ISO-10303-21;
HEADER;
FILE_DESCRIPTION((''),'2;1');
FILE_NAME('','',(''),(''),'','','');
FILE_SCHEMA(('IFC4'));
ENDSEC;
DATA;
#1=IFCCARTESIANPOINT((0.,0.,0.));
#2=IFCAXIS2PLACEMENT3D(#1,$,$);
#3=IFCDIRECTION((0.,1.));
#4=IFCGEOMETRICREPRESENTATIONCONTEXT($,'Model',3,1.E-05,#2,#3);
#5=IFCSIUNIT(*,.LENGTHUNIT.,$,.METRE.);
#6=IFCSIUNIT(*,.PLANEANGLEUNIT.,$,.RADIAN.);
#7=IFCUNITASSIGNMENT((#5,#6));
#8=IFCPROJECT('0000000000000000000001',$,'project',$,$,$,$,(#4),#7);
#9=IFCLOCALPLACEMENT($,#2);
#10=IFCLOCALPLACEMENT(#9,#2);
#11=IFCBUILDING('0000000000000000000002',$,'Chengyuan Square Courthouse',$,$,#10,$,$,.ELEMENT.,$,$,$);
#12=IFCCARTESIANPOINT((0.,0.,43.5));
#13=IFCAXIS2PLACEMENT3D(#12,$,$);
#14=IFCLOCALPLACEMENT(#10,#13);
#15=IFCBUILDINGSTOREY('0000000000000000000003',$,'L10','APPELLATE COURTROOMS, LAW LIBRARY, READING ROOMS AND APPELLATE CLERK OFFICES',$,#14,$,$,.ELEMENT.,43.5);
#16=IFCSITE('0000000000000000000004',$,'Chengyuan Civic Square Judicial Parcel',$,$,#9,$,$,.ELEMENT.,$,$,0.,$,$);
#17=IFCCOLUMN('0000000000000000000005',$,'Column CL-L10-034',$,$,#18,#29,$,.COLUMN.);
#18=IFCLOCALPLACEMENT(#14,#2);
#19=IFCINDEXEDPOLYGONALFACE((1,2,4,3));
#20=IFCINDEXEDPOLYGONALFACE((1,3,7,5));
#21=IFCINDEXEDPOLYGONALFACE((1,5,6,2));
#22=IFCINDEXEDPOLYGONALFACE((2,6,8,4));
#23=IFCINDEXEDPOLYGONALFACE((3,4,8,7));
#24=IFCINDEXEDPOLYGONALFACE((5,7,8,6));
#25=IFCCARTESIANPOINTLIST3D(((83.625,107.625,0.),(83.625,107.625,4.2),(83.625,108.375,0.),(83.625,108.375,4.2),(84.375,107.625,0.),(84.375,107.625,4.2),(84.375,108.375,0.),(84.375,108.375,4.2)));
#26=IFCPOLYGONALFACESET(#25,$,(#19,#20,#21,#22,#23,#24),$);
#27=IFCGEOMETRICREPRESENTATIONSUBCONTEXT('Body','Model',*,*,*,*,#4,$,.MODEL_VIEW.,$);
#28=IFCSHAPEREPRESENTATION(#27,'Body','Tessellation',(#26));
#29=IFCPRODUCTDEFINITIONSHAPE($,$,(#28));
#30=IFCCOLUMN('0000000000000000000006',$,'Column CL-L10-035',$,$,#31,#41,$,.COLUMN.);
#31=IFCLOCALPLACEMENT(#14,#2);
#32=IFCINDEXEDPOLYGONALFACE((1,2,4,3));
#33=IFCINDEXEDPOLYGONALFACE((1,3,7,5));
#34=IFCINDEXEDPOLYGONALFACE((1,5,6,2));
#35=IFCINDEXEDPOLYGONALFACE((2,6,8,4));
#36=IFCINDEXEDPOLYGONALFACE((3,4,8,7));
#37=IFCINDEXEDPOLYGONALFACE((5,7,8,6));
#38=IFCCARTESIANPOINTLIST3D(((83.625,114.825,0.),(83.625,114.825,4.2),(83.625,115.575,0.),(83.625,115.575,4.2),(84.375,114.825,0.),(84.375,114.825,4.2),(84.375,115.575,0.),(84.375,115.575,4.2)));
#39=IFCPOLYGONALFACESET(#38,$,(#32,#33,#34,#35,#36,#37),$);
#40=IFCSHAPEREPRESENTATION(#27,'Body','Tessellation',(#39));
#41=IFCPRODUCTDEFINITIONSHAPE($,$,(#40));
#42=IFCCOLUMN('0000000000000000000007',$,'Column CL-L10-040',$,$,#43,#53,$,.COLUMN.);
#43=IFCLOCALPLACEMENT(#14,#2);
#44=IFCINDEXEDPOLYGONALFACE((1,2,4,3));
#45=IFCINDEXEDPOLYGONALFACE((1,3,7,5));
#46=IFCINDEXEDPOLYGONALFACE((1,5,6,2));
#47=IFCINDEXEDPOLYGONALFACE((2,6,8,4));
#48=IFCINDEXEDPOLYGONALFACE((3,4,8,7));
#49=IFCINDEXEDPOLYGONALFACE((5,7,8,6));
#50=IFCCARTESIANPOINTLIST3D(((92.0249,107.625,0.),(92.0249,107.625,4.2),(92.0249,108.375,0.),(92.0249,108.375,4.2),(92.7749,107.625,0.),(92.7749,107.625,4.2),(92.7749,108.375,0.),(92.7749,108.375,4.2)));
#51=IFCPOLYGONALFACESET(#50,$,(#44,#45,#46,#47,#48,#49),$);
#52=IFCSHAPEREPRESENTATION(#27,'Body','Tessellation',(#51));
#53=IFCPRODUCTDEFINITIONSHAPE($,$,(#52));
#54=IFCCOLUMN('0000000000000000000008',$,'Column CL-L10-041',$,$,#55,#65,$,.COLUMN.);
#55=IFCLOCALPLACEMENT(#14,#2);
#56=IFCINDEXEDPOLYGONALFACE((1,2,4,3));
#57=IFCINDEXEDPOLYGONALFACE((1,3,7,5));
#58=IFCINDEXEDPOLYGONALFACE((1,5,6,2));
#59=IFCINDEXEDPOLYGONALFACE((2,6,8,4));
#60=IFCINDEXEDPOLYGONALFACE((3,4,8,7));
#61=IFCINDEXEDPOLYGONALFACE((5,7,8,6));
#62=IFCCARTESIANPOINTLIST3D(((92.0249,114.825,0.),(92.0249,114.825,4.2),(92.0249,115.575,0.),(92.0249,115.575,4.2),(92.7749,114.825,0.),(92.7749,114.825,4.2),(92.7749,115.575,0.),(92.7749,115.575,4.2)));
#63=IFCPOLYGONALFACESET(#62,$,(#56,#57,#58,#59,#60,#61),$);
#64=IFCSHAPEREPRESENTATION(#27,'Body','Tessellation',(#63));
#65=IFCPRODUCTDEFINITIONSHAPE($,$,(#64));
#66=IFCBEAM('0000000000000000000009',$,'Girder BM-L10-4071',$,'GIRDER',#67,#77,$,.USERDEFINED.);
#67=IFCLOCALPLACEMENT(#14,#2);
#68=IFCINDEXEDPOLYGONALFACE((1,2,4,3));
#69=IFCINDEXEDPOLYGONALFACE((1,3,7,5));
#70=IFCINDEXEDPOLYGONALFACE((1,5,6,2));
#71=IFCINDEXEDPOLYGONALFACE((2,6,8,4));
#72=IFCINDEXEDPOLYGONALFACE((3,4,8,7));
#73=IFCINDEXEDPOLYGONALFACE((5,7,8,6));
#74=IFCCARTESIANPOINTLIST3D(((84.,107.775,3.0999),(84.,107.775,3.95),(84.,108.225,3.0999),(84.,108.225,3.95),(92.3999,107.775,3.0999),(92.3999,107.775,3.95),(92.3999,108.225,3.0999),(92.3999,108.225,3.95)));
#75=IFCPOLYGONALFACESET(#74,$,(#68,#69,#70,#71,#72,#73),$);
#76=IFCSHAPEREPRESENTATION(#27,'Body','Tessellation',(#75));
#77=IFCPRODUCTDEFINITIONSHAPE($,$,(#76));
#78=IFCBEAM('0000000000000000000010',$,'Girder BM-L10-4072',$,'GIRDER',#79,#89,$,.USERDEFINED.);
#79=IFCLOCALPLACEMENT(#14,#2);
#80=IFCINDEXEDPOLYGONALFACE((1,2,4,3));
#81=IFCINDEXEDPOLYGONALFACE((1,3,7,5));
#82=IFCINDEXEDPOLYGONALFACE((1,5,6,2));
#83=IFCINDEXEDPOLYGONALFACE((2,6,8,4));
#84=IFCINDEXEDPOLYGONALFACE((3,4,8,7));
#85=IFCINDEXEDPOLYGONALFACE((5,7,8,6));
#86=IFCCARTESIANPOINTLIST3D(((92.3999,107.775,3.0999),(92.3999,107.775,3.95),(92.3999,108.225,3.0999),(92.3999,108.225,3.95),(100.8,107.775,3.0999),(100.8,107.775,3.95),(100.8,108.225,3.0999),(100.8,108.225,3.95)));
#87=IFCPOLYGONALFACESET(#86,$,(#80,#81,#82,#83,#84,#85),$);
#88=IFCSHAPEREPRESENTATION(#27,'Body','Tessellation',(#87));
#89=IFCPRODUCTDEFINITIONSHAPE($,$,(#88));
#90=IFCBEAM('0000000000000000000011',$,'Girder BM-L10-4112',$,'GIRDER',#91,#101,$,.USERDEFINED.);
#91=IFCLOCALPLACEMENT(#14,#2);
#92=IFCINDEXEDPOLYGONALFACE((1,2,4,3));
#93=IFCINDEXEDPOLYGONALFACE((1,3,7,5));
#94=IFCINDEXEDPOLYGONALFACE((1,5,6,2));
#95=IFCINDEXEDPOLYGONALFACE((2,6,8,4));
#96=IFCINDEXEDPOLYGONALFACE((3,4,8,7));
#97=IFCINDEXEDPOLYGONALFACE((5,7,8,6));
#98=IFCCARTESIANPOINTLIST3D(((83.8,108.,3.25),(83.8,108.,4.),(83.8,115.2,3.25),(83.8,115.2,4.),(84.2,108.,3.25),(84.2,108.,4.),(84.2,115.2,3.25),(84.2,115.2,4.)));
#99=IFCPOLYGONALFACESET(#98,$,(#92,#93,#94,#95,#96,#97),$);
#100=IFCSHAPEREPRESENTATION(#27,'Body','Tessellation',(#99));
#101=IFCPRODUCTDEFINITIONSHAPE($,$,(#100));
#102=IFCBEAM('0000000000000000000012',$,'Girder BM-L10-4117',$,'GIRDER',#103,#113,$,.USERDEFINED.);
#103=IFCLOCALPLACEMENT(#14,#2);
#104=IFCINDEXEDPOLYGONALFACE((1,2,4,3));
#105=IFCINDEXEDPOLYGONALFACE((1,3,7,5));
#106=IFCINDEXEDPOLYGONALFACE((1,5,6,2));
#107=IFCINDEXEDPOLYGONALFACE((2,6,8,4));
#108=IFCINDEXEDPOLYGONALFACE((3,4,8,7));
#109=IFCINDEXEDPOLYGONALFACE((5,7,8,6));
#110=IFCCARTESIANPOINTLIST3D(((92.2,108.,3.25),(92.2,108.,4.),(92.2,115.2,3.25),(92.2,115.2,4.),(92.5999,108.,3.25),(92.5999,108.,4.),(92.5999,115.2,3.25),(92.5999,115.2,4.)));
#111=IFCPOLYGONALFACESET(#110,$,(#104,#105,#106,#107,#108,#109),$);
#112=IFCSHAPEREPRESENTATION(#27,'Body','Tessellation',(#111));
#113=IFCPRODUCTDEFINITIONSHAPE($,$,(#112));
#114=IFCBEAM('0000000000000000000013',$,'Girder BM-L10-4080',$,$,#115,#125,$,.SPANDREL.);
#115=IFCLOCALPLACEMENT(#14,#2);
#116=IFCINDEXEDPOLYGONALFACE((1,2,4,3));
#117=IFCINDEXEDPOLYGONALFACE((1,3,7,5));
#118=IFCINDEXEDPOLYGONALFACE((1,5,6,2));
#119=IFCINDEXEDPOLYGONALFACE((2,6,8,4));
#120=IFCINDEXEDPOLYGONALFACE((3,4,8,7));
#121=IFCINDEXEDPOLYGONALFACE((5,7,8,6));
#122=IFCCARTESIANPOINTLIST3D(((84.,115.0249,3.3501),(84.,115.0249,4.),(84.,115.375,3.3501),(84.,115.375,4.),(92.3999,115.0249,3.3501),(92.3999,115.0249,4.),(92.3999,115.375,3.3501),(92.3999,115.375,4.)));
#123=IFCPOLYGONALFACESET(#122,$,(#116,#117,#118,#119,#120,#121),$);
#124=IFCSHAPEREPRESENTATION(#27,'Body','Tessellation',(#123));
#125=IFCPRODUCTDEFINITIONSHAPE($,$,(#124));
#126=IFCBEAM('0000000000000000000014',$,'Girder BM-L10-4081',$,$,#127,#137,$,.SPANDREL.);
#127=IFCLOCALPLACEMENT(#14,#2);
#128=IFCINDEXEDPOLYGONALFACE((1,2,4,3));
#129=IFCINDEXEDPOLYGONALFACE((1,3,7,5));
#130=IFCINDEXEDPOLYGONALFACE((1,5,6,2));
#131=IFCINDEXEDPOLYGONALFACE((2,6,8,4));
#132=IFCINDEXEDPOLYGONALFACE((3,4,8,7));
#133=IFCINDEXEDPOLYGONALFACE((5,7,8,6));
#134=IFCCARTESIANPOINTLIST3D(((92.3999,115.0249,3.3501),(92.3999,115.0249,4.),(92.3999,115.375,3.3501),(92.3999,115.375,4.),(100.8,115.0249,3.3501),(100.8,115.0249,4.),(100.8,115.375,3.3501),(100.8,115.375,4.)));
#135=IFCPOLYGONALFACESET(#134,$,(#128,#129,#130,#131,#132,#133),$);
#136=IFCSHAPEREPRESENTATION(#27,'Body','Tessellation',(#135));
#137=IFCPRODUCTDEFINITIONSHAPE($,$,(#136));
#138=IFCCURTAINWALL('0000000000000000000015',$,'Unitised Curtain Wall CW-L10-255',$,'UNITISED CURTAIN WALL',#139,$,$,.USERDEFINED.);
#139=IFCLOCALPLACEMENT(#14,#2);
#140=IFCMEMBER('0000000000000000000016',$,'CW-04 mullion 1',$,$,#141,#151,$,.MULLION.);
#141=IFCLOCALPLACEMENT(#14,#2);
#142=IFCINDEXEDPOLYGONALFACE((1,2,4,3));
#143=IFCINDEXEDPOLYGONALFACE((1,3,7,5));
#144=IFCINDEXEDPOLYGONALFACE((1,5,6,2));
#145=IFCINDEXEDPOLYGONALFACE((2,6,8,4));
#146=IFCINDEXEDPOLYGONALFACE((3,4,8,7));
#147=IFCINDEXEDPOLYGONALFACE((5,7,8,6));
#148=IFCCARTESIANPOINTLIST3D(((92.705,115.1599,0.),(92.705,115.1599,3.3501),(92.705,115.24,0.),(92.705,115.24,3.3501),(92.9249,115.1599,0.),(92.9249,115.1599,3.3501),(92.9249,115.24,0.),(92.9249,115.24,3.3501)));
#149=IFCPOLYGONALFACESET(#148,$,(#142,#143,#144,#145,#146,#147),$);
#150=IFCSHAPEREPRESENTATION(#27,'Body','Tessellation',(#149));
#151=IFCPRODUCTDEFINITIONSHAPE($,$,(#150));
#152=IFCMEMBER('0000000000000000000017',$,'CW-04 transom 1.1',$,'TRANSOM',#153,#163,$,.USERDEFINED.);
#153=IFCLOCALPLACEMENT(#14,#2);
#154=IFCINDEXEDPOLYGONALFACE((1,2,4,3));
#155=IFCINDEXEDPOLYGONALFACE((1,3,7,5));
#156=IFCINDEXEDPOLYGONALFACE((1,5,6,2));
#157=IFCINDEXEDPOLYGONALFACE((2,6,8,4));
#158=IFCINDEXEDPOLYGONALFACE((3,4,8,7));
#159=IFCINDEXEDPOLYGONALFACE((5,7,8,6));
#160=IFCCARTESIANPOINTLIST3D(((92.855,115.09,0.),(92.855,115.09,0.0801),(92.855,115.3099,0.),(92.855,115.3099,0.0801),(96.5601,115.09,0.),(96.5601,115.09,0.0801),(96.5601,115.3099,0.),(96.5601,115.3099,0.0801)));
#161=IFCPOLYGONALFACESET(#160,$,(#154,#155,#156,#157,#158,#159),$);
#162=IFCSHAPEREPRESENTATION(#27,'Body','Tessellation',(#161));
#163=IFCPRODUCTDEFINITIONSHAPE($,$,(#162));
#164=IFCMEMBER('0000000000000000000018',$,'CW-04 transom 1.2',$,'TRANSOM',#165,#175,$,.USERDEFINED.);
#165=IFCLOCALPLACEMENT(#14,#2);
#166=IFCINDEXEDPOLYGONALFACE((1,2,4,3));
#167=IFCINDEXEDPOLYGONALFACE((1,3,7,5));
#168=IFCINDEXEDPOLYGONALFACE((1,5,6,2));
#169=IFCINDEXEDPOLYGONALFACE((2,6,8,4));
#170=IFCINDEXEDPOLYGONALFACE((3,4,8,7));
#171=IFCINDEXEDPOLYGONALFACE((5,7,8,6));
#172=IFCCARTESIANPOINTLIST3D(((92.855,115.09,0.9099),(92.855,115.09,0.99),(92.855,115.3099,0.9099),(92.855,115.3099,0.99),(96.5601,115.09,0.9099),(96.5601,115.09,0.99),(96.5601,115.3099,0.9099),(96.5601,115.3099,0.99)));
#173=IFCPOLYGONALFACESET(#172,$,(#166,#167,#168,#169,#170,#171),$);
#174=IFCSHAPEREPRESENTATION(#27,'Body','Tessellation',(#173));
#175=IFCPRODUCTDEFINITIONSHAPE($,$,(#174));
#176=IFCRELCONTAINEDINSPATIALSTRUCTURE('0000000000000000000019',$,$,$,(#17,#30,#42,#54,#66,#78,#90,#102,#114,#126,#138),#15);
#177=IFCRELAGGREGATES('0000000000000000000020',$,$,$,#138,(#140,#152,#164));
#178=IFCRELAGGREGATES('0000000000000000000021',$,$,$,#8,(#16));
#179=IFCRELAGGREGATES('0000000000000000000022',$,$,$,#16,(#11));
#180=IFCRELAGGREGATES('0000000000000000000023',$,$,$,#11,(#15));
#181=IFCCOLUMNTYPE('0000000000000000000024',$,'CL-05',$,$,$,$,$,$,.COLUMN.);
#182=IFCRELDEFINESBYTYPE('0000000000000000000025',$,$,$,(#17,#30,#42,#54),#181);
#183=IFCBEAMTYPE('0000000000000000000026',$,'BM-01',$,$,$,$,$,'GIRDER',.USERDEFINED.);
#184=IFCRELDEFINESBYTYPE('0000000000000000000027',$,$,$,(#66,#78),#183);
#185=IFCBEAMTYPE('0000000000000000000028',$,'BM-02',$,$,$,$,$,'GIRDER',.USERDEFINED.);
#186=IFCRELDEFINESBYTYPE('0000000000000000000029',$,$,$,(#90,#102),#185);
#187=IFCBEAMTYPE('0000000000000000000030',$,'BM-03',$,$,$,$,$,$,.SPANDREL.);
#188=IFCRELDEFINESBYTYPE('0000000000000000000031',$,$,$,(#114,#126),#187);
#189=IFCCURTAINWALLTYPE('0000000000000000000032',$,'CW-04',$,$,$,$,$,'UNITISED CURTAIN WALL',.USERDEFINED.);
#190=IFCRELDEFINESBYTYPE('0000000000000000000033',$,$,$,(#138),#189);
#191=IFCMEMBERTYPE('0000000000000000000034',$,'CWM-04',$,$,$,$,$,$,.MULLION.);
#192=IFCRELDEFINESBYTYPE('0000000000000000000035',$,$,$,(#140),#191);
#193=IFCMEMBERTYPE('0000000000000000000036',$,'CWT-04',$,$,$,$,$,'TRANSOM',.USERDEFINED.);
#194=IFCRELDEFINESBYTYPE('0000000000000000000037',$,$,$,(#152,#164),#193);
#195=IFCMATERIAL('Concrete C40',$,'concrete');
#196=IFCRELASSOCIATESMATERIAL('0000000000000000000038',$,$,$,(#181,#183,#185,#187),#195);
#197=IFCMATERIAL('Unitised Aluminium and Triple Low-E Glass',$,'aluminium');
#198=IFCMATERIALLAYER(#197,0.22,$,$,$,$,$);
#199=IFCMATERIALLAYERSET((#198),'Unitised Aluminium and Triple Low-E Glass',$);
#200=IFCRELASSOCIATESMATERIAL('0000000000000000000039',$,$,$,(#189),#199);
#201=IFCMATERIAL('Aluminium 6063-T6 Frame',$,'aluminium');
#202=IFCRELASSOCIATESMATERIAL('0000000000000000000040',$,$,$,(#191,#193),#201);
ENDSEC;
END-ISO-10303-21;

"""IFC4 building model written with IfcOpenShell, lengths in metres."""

from ifc_helpers import new_model, si_unit, direction, frame, origin, origin_2d, place, context, subcontext, project, spatial, rectangle, extrude, material, layer, layer_set, material_profile, profile_set, type_object, element, aggregate, save


model = new_model("IFC4")

# Units and contexts
model_context = context("Model", 3, precision=1e-05, world=origin(), true_north=direction((0.0, 1.0)))
body_context = subcontext(model_context, "Body", "Model", "MODEL_VIEW")
ifc_project = project(units=[si_unit("LENGTHUNIT", "METRE"), si_unit("PLANEANGLEUNIT", "RADIAN")], contexts=[model_context])

# Site, building, storey
site_placement = place(None, origin())
site = spatial("IfcSite", under=ifc_project, at=site_placement, Name="Chengyuan Civic Square Judicial Parcel", CompositionType="ELEMENT", RefElevation=0.0)
building_placement = place(site_placement, origin())
building = spatial("IfcBuilding", under=site, at=building_placement, Name="Chengyuan Square Courthouse", CompositionType="ELEMENT")
storey_placement = place(building_placement, frame((0.0, 0.0, 43.5)))
storey = spatial("IfcBuildingStorey", under=building, at=storey_placement, Name="L10", Description="APPELLATE COURTROOMS, LAW LIBRARY, READING ROOMS AND APPELLATE CLERK OFFICES", CompositionType="ELEMENT", Elevation=43.5)

# Columns
ifc_material_1 = material(Name="Concrete C40", Category="concrete")
ifc_material_profile_1 = material_profile(ifc_material_1, rectangle(XDim=0.75, YDim=0.75, at=origin_2d()), Name="RC-COL-750x750")
ifc_profile_set_1 = profile_set([ifc_material_profile_1], Name="Concrete C40")
column_type = type_object("IfcColumnType", Name="CL-05", PredefinedType="COLUMN", material=ifc_profile_set_1)
for number, where, z_axis, x_axis, name in (
    (1, (84.0, 108.0, 0.0), (0.0, 0.0, 1.0), (1.0, 0.0, 0.0), "Column CL-L10-034"),
    (2, (84.0, 115.2, 0.0), (0.0, 0.0, 1.0), (1.0, 0.0, 0.0), "Column CL-L10-035"),
    (3, (92.3999, 108.0, 0.0), (0.0, 0.0, 1.0), (1.0, 0.0, 0.0), "Column CL-L10-040"),
    (4, (92.3999, 115.2, 0.0), (0.0, 0.0, 1.0), (1.0, 0.0, 0.0), "Column CL-L10-041"),
):
    element("IfcColumn", number, at=place(storey_placement, frame(where, z_axis=z_axis, x_axis=x_axis)), inside=storey, type_object=column_type, Name=name, PredefinedType="COLUMN", context=body_context, shape_type="SweptSolid", body=[
        extrude(rectangle(XDim=0.75, YDim=0.75, at=origin_2d()), origin(), (0.0, 0.0, 1.0), 4.2),
    ])

# Beams
ifc_material_profile_2 = material_profile(ifc_material_1, rectangle(XDim=0.45, YDim=0.8501, at=origin_2d()), Name="RC-BM-450x850")
ifc_profile_set_2 = profile_set([ifc_material_profile_2], Name="Concrete C40")
beam_type_1 = type_object("IfcBeamType", Name="BM-01", ElementType="GIRDER", PredefinedType="USERDEFINED", material=ifc_profile_set_2)
beam_1_placement = place(storey_placement, frame((84.0, 108.0, 3.5249), z_axis=(1.0, 0.0, 0.0), x_axis=(0.0, 1.0, 0.0)))
element("IfcBeam", 5, at=beam_1_placement, inside=storey, type_object=beam_type_1, Name="Girder BM-L10-4071", ObjectType="GIRDER", PredefinedType="USERDEFINED", context=body_context, shape_type="SweptSolid", body=[
    extrude(rectangle(XDim=0.45, YDim=0.8501, at=origin_2d()), origin(), (0.0, 0.0, 1.0), 8.3999),
])
beam_2_placement = place(storey_placement, frame((92.3999, 108.0, 3.5249), z_axis=(1.0, 0.0, 0.0), x_axis=(0.0, 1.0, 0.0)))
element("IfcBeam", 6, at=beam_2_placement, inside=storey, type_object=beam_type_1, Name="Girder BM-L10-4072", ObjectType="GIRDER", PredefinedType="USERDEFINED", context=body_context, shape_type="SweptSolid", body=[
    extrude(rectangle(XDim=0.45, YDim=0.8501, at=origin_2d()), origin(), (0.0, 0.0, 1.0), 8.4001),
])
ifc_material_profile_3 = material_profile(ifc_material_1, rectangle(XDim=0.3999, YDim=0.75, at=origin_2d()), Name="RC-BM-400x750")
ifc_profile_set_3 = profile_set([ifc_material_profile_3], Name="Concrete C40")
beam_type_2 = type_object("IfcBeamType", Name="BM-02", ElementType="GIRDER", PredefinedType="USERDEFINED", material=ifc_profile_set_3)
for number, where, z_axis, x_axis, name in (
    (7, (84.0, 108.0, 3.625), (0.0, 1.0, 0.0), (-1.0, 0.0, 0.0), "Girder BM-L10-4112"),
    (8, (92.3999, 108.0, 3.625), (0.0, 1.0, 0.0), (-1.0, 0.0, 0.0), "Girder BM-L10-4117"),
):
    element("IfcBeam", number, at=place(storey_placement, frame(where, z_axis=z_axis, x_axis=x_axis)), inside=storey, type_object=beam_type_2, Name=name, ObjectType="GIRDER", PredefinedType="USERDEFINED", context=body_context, shape_type="SweptSolid", body=[
        extrude(rectangle(XDim=0.3999, YDim=0.75, at=origin_2d()), origin(), (0.0, 0.0, 1.0), 7.2),
    ])
ifc_material_profile_4 = material_profile(ifc_material_1, rectangle(XDim=0.3501, YDim=0.6499, at=origin_2d()), Name="RC-BM-350x650")
ifc_profile_set_4 = profile_set([ifc_material_profile_4], Name="Concrete C40")
beam_type_3 = type_object("IfcBeamType", Name="BM-03", PredefinedType="SPANDREL", material=ifc_profile_set_4)
beam_3_placement = place(storey_placement, frame((84.0, 115.2, 3.675), z_axis=(1.0, 0.0, 0.0), x_axis=(0.0, 1.0, 0.0)))
element("IfcBeam", 9, at=beam_3_placement, inside=storey, type_object=beam_type_3, Name="Girder BM-L10-4080", PredefinedType="SPANDREL", context=body_context, shape_type="SweptSolid", body=[
    extrude(rectangle(XDim=0.3501, YDim=0.6499, at=origin_2d()), origin(), (0.0, 0.0, 1.0), 8.3999),
])
beam_4_placement = place(storey_placement, frame((92.3999, 115.2, 3.675), z_axis=(1.0, 0.0, 0.0), x_axis=(0.0, 1.0, 0.0)))
element("IfcBeam", 10, at=beam_4_placement, inside=storey, type_object=beam_type_3, Name="Girder BM-L10-4081", PredefinedType="SPANDREL", context=body_context, shape_type="SweptSolid", body=[
    extrude(rectangle(XDim=0.3501, YDim=0.6499, at=origin_2d()), origin(), (0.0, 0.0, 1.0), 8.4001),
])

# Curtain wall, members
ifc_material_2 = material(Name="Unitised Aluminium and Triple Low-E Glass", Category="aluminium")
ifc_layer_1 = layer(ifc_material_2, 0.22)
ifc_layer_set_1 = layer_set([ifc_layer_1], Name="Unitised Aluminium and Triple Low-E Glass")
curtain_wall_type = type_object("IfcCurtainWallType", Name="CW-04", ElementType="UNITISED CURTAIN WALL", PredefinedType="USERDEFINED", material=ifc_layer_set_1)
curtain_wall_placement = place(storey_placement, origin())
curtain_wall = element("IfcCurtainWall", 11, at=curtain_wall_placement, inside=storey, type_object=curtain_wall_type, Name="Unitised Curtain Wall CW-L10-255", ObjectType="UNITISED CURTAIN WALL", PredefinedType="USERDEFINED")
ifc_material_3 = material(Name="Aluminium 6063-T6 Frame", Category="aluminium")
ifc_material_profile_5 = material_profile(ifc_material_3, rectangle(XDim=0.0801, YDim=0.22, at=origin_2d()), Name="CW-MUL-80x220")
ifc_profile_set_5 = profile_set([ifc_material_profile_5], Name="Aluminium 6063-T6 Frame")
member_type_1 = type_object("IfcMemberType", Name="CWM-04", PredefinedType="MULLION", material=ifc_profile_set_5)
member_1_placement = place(storey_placement, frame((92.8149, 115.2, 0.0), z_axis=(0.0, 0.0, 1.0), x_axis=(0.0, 1.0, 0.0)))
member_1 = element("IfcMember", 12, at=member_1_placement, type_object=member_type_1, Name="CW-04 mullion 1", PredefinedType="MULLION", context=body_context, shape_type="SweptSolid", body=[
    extrude(rectangle(XDim=0.0801, YDim=0.22, at=origin_2d()), origin(), (0.0, 0.0, 1.0), 3.3501),
])
ifc_material_profile_6 = material_profile(ifc_material_3, rectangle(XDim=0.22, YDim=0.0801, at=origin_2d()), Name="CW-TRN-80x180")
ifc_profile_set_6 = profile_set([ifc_material_profile_6], Name="Aluminium 6063-T6 Frame")
member_type_2 = type_object("IfcMemberType", Name="CWT-04", ElementType="TRANSOM", PredefinedType="USERDEFINED", material=ifc_profile_set_6)
member_2_placement = place(storey_placement, frame((92.855, 115.2, 0.04), z_axis=(1.0, 0.0, 0.0), x_axis=(0.0, 1.0, 0.0)))
member_2 = element("IfcMember", 13, at=member_2_placement, type_object=member_type_2, Name="CW-04 transom 1.1", ObjectType="TRANSOM", PredefinedType="USERDEFINED", context=body_context, shape_type="SweptSolid", body=[
    extrude(rectangle(XDim=0.22, YDim=0.0801, at=origin_2d()), origin(), (0.0, 0.0, 1.0), 3.7051),
])
member_3_placement = place(storey_placement, frame((92.855, 115.2, 0.95), z_axis=(1.0, 0.0, 0.0), x_axis=(0.0, 1.0, 0.0)))
member_3 = element("IfcMember", 14, at=member_3_placement, type_object=member_type_2, Name="CW-04 transom 1.2", ObjectType="TRANSOM", PredefinedType="USERDEFINED", context=body_context, shape_type="SweptSolid", body=[
    extrude(rectangle(XDim=0.22, YDim=0.0801, at=origin_2d()), origin(), (0.0, 0.0, 1.0), 3.7051),
])
aggregate(curtain_wall, [member_1, member_2, member_3])

save(model, "model.ifc")
